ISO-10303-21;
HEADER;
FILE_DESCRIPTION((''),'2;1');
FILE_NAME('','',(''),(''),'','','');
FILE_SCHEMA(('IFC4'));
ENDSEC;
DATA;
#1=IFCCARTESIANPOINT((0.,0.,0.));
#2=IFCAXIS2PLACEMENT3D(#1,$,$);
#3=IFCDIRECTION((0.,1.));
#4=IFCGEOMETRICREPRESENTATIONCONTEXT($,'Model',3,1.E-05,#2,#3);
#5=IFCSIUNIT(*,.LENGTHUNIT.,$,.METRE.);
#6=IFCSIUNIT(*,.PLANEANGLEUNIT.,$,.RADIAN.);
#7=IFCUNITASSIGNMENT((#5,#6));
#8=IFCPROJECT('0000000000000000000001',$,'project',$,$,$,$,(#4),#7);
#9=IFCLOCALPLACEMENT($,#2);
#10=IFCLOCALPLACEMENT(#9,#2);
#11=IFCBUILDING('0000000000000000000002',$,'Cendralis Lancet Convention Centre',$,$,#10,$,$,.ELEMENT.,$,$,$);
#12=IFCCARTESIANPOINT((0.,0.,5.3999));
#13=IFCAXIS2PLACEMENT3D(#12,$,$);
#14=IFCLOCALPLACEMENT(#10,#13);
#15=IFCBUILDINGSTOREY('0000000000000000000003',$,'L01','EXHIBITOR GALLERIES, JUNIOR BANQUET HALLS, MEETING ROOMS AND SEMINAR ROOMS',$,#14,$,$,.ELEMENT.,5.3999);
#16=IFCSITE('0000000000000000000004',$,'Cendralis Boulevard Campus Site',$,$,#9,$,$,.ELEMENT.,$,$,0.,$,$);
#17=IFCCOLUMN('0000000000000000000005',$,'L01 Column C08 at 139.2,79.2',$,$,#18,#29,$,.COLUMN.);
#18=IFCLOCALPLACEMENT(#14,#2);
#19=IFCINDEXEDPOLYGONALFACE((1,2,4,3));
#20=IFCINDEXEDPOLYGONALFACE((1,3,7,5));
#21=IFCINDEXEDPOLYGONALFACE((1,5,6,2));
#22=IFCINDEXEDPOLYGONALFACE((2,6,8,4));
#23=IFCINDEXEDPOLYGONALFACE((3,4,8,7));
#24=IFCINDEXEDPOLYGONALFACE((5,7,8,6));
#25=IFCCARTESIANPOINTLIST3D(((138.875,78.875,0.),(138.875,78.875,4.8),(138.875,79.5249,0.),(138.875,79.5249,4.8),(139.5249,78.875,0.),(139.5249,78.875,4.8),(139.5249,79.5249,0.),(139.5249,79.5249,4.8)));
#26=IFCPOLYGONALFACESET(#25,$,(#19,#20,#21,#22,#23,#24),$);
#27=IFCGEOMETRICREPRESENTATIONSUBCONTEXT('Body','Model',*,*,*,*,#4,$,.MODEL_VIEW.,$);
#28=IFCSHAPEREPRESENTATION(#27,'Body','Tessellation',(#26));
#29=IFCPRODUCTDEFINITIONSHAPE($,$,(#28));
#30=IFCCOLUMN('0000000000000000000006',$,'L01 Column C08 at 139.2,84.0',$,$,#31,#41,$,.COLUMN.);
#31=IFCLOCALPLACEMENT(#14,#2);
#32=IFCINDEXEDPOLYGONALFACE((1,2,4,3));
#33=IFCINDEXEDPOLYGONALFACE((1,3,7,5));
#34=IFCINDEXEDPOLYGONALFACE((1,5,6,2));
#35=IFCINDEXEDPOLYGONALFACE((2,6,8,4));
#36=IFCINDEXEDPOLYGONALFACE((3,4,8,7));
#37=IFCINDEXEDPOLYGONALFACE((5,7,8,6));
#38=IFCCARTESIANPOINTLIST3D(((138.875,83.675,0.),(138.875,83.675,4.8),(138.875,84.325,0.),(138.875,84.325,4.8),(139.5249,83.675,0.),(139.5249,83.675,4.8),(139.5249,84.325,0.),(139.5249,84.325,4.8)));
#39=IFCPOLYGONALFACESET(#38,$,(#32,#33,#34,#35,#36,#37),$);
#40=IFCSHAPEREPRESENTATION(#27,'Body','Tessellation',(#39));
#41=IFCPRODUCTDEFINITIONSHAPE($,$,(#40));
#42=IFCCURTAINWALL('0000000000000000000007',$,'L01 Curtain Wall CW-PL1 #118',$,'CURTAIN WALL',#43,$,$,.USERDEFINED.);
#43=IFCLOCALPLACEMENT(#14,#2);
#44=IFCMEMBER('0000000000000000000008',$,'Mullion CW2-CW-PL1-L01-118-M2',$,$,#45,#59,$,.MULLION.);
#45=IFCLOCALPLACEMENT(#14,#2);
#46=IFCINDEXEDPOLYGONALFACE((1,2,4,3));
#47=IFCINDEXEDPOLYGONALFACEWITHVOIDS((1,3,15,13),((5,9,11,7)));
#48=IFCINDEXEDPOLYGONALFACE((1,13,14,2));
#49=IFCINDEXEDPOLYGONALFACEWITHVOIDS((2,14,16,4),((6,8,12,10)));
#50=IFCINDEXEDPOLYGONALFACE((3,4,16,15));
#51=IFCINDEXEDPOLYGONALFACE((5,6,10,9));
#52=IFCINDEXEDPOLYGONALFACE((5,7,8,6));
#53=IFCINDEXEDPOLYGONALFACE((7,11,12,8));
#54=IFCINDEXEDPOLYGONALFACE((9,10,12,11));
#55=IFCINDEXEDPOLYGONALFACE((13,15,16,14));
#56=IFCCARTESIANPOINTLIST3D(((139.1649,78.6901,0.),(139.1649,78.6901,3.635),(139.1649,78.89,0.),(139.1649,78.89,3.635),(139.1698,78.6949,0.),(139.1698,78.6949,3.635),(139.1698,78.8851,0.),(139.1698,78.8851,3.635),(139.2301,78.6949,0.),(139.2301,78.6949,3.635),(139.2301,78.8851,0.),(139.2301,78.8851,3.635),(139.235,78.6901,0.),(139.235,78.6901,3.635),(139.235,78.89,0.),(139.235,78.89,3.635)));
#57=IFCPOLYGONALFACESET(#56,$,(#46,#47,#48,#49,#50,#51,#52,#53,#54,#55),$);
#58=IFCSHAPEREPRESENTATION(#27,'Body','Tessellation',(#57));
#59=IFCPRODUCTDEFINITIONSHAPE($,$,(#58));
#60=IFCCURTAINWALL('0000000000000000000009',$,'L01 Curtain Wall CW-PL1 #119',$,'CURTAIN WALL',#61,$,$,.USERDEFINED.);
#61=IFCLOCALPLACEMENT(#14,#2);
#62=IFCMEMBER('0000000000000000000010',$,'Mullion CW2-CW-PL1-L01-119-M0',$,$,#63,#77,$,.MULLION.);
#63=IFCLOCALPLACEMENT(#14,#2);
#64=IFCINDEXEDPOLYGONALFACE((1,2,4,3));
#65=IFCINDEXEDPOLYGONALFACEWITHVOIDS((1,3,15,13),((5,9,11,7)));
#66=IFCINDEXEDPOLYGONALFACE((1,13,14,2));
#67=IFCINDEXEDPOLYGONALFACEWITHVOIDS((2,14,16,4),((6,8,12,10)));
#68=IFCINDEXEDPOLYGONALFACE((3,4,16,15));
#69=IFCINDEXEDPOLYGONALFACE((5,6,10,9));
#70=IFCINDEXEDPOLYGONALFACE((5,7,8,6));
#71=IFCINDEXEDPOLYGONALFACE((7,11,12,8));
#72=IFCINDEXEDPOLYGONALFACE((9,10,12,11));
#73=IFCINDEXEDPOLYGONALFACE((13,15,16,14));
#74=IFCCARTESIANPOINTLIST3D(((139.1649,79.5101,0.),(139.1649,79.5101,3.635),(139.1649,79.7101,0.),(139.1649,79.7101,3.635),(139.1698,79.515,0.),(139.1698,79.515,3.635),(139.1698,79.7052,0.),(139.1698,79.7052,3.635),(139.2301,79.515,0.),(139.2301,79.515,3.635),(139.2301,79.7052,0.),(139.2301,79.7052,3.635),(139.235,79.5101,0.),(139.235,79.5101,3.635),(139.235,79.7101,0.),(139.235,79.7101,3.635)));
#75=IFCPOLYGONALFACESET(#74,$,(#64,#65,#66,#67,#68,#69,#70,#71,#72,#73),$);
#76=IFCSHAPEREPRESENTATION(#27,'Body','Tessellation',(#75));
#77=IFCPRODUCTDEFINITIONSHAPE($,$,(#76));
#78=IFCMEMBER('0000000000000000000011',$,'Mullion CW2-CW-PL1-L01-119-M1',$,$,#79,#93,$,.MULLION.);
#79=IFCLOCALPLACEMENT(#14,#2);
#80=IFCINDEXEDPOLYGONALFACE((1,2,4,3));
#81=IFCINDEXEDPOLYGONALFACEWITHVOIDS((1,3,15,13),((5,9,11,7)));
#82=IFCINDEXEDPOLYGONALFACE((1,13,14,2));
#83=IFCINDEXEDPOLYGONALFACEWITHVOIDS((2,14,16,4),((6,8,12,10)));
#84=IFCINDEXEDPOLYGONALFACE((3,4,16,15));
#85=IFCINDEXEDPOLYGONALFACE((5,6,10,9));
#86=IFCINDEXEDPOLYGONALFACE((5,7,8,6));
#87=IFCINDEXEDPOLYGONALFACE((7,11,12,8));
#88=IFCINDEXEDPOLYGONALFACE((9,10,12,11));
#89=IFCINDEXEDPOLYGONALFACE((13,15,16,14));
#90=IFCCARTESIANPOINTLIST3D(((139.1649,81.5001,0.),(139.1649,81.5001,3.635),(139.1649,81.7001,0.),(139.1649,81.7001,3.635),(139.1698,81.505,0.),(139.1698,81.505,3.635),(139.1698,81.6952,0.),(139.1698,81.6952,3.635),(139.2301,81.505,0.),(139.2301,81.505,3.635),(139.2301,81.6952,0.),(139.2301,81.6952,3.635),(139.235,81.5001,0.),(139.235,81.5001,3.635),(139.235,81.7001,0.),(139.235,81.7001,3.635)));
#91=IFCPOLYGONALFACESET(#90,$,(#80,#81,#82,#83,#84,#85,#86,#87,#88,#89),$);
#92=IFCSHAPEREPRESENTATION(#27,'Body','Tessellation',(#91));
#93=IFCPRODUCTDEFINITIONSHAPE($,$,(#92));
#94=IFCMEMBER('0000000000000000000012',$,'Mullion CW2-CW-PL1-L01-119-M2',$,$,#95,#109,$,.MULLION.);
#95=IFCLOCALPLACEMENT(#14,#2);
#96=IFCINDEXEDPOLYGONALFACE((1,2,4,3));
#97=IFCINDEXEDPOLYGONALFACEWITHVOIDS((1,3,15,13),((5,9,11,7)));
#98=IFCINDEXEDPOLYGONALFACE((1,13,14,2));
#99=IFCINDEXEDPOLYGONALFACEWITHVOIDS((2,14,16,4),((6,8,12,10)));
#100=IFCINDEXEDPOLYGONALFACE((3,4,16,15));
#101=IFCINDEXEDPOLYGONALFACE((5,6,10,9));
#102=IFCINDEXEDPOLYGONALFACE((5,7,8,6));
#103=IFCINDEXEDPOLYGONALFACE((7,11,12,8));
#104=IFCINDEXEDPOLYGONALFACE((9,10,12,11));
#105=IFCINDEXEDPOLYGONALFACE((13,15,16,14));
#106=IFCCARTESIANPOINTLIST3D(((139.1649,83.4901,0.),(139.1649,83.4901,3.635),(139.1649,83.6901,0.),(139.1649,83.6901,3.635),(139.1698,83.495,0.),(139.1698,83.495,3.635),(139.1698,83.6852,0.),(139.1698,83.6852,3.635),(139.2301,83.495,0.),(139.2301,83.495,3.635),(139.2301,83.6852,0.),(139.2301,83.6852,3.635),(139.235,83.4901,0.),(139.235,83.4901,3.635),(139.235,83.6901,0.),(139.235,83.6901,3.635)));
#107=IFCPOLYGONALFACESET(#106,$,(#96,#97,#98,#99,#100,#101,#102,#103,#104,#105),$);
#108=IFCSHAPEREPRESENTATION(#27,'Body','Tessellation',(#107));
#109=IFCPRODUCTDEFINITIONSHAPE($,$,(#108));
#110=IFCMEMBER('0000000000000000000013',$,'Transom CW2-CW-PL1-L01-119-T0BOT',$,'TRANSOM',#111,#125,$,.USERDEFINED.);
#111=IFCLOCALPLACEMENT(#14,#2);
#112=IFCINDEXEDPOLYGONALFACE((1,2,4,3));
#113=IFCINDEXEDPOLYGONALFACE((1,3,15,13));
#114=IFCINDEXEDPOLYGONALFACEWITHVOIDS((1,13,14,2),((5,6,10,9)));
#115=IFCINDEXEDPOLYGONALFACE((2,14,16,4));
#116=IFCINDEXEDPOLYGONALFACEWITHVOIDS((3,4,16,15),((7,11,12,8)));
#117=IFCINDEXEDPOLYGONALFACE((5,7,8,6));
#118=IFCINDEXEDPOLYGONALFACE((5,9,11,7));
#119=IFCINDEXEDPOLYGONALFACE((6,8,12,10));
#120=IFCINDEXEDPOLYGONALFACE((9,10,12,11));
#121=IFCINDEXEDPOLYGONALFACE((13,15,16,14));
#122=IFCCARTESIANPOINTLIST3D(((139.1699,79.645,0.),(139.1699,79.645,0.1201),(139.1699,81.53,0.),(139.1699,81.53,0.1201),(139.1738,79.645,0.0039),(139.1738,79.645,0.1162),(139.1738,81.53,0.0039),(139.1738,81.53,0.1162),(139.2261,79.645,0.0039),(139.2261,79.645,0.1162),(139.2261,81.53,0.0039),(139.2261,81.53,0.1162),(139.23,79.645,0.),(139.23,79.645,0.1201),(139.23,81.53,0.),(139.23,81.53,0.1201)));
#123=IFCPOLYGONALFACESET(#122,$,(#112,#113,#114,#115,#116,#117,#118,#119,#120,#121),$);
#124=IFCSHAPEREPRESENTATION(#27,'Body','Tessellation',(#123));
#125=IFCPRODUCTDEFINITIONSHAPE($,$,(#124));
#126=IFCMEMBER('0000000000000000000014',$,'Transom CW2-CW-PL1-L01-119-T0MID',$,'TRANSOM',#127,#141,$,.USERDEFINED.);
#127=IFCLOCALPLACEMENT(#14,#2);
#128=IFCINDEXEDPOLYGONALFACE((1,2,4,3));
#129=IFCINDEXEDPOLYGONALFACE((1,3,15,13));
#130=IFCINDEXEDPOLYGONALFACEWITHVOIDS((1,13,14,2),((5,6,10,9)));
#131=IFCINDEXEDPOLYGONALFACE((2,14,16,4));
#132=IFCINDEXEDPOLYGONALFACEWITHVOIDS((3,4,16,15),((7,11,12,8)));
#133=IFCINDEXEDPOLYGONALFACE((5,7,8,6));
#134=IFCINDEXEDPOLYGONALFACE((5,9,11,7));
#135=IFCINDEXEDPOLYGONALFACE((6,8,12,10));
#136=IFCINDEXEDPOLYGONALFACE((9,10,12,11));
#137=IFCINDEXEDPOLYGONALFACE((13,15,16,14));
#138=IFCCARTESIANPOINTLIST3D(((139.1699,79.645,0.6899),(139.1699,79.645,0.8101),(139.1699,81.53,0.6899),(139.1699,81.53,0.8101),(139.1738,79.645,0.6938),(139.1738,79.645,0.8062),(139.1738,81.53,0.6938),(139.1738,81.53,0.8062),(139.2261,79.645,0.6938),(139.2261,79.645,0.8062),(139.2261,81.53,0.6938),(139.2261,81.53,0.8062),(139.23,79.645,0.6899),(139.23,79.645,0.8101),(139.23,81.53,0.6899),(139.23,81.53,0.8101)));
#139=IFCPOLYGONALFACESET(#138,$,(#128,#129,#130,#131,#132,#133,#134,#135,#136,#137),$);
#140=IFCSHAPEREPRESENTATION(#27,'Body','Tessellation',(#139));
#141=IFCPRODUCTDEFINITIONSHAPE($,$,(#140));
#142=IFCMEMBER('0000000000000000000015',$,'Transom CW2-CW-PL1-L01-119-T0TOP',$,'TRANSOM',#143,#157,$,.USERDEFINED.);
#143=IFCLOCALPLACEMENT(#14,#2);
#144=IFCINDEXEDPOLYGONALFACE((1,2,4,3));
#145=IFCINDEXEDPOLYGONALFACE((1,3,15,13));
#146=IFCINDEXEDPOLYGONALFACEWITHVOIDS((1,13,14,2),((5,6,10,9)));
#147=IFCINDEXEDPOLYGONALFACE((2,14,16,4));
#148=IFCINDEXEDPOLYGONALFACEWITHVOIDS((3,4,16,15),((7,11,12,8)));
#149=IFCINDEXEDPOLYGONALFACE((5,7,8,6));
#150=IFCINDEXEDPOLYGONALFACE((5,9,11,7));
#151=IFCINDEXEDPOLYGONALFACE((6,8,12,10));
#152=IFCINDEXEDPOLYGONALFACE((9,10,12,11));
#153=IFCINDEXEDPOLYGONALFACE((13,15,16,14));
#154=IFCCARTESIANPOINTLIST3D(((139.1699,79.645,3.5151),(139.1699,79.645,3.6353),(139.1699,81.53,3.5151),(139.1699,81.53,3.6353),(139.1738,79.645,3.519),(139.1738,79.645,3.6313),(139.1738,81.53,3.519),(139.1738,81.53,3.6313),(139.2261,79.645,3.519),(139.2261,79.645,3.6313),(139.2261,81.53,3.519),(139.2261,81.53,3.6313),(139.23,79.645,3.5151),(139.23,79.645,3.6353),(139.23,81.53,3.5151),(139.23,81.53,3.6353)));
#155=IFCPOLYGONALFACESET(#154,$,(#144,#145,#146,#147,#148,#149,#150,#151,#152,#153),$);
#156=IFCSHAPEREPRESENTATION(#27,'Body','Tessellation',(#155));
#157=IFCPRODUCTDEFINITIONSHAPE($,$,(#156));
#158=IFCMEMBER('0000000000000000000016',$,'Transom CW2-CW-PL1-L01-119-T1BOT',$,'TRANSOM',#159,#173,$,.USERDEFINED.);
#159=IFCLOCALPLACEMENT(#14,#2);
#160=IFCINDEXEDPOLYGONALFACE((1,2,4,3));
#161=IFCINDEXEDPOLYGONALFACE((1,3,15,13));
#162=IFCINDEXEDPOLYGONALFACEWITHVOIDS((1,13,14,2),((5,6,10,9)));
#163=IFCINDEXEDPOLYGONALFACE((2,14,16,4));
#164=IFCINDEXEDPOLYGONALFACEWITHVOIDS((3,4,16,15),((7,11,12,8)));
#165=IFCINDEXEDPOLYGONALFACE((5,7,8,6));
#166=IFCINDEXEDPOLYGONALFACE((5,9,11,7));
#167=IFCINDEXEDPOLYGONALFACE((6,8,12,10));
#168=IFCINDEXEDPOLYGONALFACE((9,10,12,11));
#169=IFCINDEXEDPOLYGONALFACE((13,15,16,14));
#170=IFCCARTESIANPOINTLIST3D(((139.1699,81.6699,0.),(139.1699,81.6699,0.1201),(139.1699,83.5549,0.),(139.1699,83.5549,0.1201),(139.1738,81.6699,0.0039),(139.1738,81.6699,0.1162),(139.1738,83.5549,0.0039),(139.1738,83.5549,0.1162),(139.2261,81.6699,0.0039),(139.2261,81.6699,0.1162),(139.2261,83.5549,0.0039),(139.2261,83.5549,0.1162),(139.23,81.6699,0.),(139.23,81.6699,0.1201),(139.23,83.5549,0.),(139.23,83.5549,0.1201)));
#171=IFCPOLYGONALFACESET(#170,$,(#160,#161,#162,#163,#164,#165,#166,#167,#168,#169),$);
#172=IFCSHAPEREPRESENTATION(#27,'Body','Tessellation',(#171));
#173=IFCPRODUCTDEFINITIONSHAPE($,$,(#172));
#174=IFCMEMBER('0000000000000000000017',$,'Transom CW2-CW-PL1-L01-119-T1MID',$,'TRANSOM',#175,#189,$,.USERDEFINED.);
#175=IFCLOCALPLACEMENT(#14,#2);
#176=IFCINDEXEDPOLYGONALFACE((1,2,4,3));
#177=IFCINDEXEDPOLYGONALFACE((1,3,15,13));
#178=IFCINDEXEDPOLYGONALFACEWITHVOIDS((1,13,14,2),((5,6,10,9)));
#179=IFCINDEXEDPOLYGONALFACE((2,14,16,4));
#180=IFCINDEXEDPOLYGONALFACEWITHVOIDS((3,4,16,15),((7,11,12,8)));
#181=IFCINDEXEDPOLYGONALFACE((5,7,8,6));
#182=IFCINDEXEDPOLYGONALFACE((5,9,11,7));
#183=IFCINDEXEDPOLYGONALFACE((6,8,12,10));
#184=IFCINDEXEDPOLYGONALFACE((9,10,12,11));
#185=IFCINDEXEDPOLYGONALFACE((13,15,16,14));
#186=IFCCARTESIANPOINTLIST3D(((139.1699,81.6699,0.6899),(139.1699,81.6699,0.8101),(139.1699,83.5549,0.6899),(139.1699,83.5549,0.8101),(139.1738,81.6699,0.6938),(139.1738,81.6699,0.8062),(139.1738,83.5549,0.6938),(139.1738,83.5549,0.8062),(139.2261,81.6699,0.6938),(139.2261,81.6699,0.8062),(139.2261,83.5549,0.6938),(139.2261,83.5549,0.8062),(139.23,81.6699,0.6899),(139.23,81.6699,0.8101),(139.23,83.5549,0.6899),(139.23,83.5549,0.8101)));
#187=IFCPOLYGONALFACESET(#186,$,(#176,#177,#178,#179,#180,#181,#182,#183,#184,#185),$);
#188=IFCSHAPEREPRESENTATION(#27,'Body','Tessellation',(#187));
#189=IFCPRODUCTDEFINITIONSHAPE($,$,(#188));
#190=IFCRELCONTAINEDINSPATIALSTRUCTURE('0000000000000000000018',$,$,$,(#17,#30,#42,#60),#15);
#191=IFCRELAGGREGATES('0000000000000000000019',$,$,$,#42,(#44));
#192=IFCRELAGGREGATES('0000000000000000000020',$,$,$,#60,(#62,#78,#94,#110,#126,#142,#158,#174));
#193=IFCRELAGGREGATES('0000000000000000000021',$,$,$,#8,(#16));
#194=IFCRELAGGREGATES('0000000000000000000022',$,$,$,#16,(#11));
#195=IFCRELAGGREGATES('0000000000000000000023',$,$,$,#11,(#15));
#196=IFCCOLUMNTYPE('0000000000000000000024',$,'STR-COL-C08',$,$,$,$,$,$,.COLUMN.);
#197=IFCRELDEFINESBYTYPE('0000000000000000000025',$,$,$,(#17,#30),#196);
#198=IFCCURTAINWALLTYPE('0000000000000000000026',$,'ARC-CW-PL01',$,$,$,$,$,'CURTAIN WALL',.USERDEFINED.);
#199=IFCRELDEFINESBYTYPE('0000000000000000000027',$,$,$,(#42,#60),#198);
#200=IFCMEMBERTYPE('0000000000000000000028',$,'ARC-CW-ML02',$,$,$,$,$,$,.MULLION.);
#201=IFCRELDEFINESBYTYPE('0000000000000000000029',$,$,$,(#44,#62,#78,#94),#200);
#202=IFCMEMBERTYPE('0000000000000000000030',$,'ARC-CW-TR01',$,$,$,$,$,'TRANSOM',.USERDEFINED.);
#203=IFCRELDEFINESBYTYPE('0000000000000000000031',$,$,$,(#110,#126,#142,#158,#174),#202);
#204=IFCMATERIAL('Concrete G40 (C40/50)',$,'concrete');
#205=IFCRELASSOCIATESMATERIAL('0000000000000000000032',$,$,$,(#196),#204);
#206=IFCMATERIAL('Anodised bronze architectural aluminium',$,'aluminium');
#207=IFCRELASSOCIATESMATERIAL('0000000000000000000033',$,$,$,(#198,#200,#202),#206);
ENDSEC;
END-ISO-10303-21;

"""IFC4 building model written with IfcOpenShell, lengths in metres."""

from ifc_helpers import new_model, si_unit, direction, frame, origin, origin_2d, place, context, subcontext, project, spatial, rectangle, hollow_rectangle, extrude, material, material_profile, profile_set, type_object, element, aggregate, save


model = new_model("IFC4")

# Units and contexts
model_context = context("Model", 3, precision=1e-05, world=origin(), true_north=direction((0.0, 1.0)))
body_context = subcontext(model_context, "Body", "Model", "MODEL_VIEW")
ifc_project = project(units=[si_unit("LENGTHUNIT", "METRE"), si_unit("PLANEANGLEUNIT", "RADIAN")], contexts=[model_context])

# Site, building, storey
site_placement = place(None, origin())
site = spatial("IfcSite", under=ifc_project, at=site_placement, Name="Cendralis Boulevard Campus Site", CompositionType="ELEMENT", RefElevation=0.0)
building_placement = place(site_placement, origin())
building = spatial("IfcBuilding", under=site, at=building_placement, Name="Cendralis Lancet Convention Centre", CompositionType="ELEMENT")
storey_placement = place(building_placement, frame((0.0, 0.0, 5.3999)))
storey = spatial("IfcBuildingStorey", under=building, at=storey_placement, Name="L01", Description="EXHIBITOR GALLERIES, JUNIOR BANQUET HALLS, MEETING ROOMS AND SEMINAR ROOMS", CompositionType="ELEMENT", Elevation=5.3999)

# Columns
ifc_material_1 = material(Name="Concrete G40 (C40/50)", Category="concrete")
ifc_material_profile_1 = material_profile(ifc_material_1, rectangle(XDim=0.6499, YDim=0.6499, at=origin_2d()), Name="RC 650x650")
ifc_profile_set_1 = profile_set([ifc_material_profile_1], Name="Concrete G40 (C40/50)")
column_type = type_object("IfcColumnType", Name="STR-COL-C08", PredefinedType="COLUMN", material=ifc_profile_set_1)
for number, where, z_axis, x_axis, name in (
    (1, (139.2, 79.2, 0.0), (0.0, 0.0, 1.0), (1.0, 0.0, 0.0), "L01 Column C08 at 139.2,79.2"),
    (2, (139.2, 84.0, 0.0), (0.0, 0.0, 1.0), (1.0, 0.0, 0.0), "L01 Column C08 at 139.2,84.0"),
):
    element("IfcColumn", number, at=place(storey_placement, frame(where, z_axis=z_axis, x_axis=x_axis)), inside=storey, type_object=column_type, Name=name, PredefinedType="COLUMN", context=body_context, shape_type="SweptSolid", body=[
        extrude(rectangle(XDim=0.6499, YDim=0.6499, at=origin_2d()), origin(), (0.0, 0.0, 1.0), 4.8),
    ])

# Curtain wall, member
ifc_material_2 = material(Name="Anodised bronze architectural aluminium", Category="aluminium")
curtain_wall_type = type_object("IfcCurtainWallType", Name="ARC-CW-PL01", ElementType="CURTAIN WALL", PredefinedType="USERDEFINED", material=ifc_material_2)
curtain_wall_1_placement = place(storey_placement, origin())
curtain_wall_1 = element("IfcCurtainWall", 3, at=curtain_wall_1_placement, inside=storey, type_object=curtain_wall_type, Name="L01 Curtain Wall CW-PL1 #118", ObjectType="CURTAIN WALL", PredefinedType="USERDEFINED")
ifc_material_profile_2 = material_profile(ifc_material_2, hollow_rectangle(XDim=0.0701, YDim=0.2, WallThickness=0.0049, at=origin_2d()), Name="AL-MULL 70x200x5.0")
ifc_profile_set_2 = profile_set([ifc_material_profile_2], Name="Anodised bronze architectural aluminium")
member_type_1 = type_object("IfcMemberType", Name="ARC-CW-ML02", PredefinedType="MULLION", material=ifc_profile_set_2)
member_1_placement = place(storey_placement, frame((139.2, 78.79, 0.0), z_axis=(0.0, 0.0, 1.0), x_axis=(1.0, 0.0, 0.0)))
member_1 = element("IfcMember", 4, at=member_1_placement, type_object=member_type_1, Name="Mullion CW2-CW-PL1-L01-118-M2", PredefinedType="MULLION", context=body_context, shape_type="SweptSolid", body=[
    extrude(hollow_rectangle(XDim=0.0701, YDim=0.2, WallThickness=0.0049, at=origin_2d()), origin(), (0.0, 0.0, 1.0), 3.635),
])

# Curtain wall, members
curtain_wall_2_placement = place(storey_placement, origin())
curtain_wall_2 = element("IfcCurtainWall", 5, at=curtain_wall_2_placement, inside=storey, type_object=curtain_wall_type, Name="L01 Curtain Wall CW-PL1 #119", ObjectType="CURTAIN WALL", PredefinedType="USERDEFINED")
member_2_placement = place(storey_placement, frame((139.2, 79.6101, 0.0), z_axis=(0.0, 0.0, 1.0), x_axis=(1.0, 0.0, 0.0)))
member_2 = element("IfcMember", 6, at=member_2_placement, type_object=member_type_1, Name="Mullion CW2-CW-PL1-L01-119-M0", PredefinedType="MULLION", context=body_context, shape_type="SweptSolid", body=[
    extrude(hollow_rectangle(XDim=0.0701, YDim=0.2, WallThickness=0.0049, at=origin_2d()), origin(), (0.0, 0.0, 1.0), 3.635),
])
member_3_placement = place(storey_placement, frame((139.2, 81.6001, 0.0), z_axis=(0.0, 0.0, 1.0), x_axis=(1.0, 0.0, 0.0)))
member_3 = element("IfcMember", 7, at=member_3_placement, type_object=member_type_1, Name="Mullion CW2-CW-PL1-L01-119-M1", PredefinedType="MULLION", context=body_context, shape_type="SweptSolid", body=[
    extrude(hollow_rectangle(XDim=0.0701, YDim=0.2, WallThickness=0.0049, at=origin_2d()), origin(), (0.0, 0.0, 1.0), 3.635),
])
member_4_placement = place(storey_placement, frame((139.2, 83.5901, 0.0), z_axis=(0.0, 0.0, 1.0), x_axis=(1.0, 0.0, 0.0)))
member_4 = element("IfcMember", 8, at=member_4_placement, type_object=member_type_1, Name="Mullion CW2-CW-PL1-L01-119-M2", PredefinedType="MULLION", context=body_context, shape_type="SweptSolid", body=[
    extrude(hollow_rectangle(XDim=0.0701, YDim=0.2, WallThickness=0.0049, at=origin_2d()), origin(), (0.0, 0.0, 1.0), 3.635),
])
ifc_material_profile_3 = material_profile(ifc_material_2, hollow_rectangle(XDim=0.0601, YDim=0.1201, WallThickness=0.0039, at=origin_2d()), Name="AL-TRAN 60x120x4.0")
ifc_profile_set_3 = profile_set([ifc_material_profile_3], Name="Anodised bronze architectural aluminium")
member_type_2 = type_object("IfcMemberType", Name="ARC-CW-TR01", ElementType="TRANSOM", PredefinedType="USERDEFINED", material=ifc_profile_set_3)
member_5_placement = place(storey_placement, frame((139.2, 79.645, 0.0601), z_axis=(0.0, 1.0, 0.0), x_axis=(-1.0, 0.0, 0.0)))
member_5 = element("IfcMember", 9, at=member_5_placement, type_object=member_type_2, Name="Transom CW2-CW-PL1-L01-119-T0BOT", ObjectType="TRANSOM", PredefinedType="USERDEFINED", context=body_context, shape_type="SweptSolid", body=[
    extrude(hollow_rectangle(XDim=0.0601, YDim=0.1201, WallThickness=0.0039, at=origin_2d()), origin(), (0.0, 0.0, 1.0), 1.885),
])
member_6_placement = place(storey_placement, frame((139.2, 79.645, 0.75), z_axis=(0.0, 1.0, 0.0), x_axis=(-1.0, 0.0, 0.0)))
member_6 = element("IfcMember", 10, at=member_6_placement, type_object=member_type_2, Name="Transom CW2-CW-PL1-L01-119-T0MID", ObjectType="TRANSOM", PredefinedType="USERDEFINED", context=body_context, shape_type="SweptSolid", body=[
    extrude(hollow_rectangle(XDim=0.0601, YDim=0.1201, WallThickness=0.0039, at=origin_2d()), origin(), (0.0, 0.0, 1.0), 1.885),
])
member_7_placement = place(storey_placement, frame((139.2, 79.645, 3.5752), z_axis=(0.0, 1.0, 0.0), x_axis=(-1.0, 0.0, 0.0)))
member_7 = element("IfcMember", 11, at=member_7_placement, type_object=member_type_2, Name="Transom CW2-CW-PL1-L01-119-T0TOP", ObjectType="TRANSOM", PredefinedType="USERDEFINED", context=body_context, shape_type="SweptSolid", body=[
    extrude(hollow_rectangle(XDim=0.0601, YDim=0.1201, WallThickness=0.0039, at=origin_2d()), origin(), (0.0, 0.0, 1.0), 1.885),
])
member_8_placement = place(storey_placement, frame((139.2, 81.6699, 0.0601), z_axis=(0.0, 1.0, 0.0), x_axis=(-1.0, 0.0, 0.0)))
member_8 = element("IfcMember", 12, at=member_8_placement, type_object=member_type_2, Name="Transom CW2-CW-PL1-L01-119-T1BOT", ObjectType="TRANSOM", PredefinedType="USERDEFINED", context=body_context, shape_type="SweptSolid", body=[
    extrude(hollow_rectangle(XDim=0.0601, YDim=0.1201, WallThickness=0.0039, at=origin_2d()), origin(), (0.0, 0.0, 1.0), 1.885),
])
member_9_placement = place(storey_placement, frame((139.2, 81.6699, 0.75), z_axis=(0.0, 1.0, 0.0), x_axis=(-1.0, 0.0, 0.0)))
member_9 = element("IfcMember", 13, at=member_9_placement, type_object=member_type_2, Name="Transom CW2-CW-PL1-L01-119-T1MID", ObjectType="TRANSOM", PredefinedType="USERDEFINED", context=body_context, shape_type="SweptSolid", body=[
    extrude(hollow_rectangle(XDim=0.0601, YDim=0.1201, WallThickness=0.0039, at=origin_2d()), origin(), (0.0, 0.0, 1.0), 1.885),
])

aggregate(curtain_wall_1, [member_1])
aggregate(curtain_wall_2, [member_2, member_3, member_4, member_5, member_6, member_7, member_8, member_9])

save(model, "model.ifc")
